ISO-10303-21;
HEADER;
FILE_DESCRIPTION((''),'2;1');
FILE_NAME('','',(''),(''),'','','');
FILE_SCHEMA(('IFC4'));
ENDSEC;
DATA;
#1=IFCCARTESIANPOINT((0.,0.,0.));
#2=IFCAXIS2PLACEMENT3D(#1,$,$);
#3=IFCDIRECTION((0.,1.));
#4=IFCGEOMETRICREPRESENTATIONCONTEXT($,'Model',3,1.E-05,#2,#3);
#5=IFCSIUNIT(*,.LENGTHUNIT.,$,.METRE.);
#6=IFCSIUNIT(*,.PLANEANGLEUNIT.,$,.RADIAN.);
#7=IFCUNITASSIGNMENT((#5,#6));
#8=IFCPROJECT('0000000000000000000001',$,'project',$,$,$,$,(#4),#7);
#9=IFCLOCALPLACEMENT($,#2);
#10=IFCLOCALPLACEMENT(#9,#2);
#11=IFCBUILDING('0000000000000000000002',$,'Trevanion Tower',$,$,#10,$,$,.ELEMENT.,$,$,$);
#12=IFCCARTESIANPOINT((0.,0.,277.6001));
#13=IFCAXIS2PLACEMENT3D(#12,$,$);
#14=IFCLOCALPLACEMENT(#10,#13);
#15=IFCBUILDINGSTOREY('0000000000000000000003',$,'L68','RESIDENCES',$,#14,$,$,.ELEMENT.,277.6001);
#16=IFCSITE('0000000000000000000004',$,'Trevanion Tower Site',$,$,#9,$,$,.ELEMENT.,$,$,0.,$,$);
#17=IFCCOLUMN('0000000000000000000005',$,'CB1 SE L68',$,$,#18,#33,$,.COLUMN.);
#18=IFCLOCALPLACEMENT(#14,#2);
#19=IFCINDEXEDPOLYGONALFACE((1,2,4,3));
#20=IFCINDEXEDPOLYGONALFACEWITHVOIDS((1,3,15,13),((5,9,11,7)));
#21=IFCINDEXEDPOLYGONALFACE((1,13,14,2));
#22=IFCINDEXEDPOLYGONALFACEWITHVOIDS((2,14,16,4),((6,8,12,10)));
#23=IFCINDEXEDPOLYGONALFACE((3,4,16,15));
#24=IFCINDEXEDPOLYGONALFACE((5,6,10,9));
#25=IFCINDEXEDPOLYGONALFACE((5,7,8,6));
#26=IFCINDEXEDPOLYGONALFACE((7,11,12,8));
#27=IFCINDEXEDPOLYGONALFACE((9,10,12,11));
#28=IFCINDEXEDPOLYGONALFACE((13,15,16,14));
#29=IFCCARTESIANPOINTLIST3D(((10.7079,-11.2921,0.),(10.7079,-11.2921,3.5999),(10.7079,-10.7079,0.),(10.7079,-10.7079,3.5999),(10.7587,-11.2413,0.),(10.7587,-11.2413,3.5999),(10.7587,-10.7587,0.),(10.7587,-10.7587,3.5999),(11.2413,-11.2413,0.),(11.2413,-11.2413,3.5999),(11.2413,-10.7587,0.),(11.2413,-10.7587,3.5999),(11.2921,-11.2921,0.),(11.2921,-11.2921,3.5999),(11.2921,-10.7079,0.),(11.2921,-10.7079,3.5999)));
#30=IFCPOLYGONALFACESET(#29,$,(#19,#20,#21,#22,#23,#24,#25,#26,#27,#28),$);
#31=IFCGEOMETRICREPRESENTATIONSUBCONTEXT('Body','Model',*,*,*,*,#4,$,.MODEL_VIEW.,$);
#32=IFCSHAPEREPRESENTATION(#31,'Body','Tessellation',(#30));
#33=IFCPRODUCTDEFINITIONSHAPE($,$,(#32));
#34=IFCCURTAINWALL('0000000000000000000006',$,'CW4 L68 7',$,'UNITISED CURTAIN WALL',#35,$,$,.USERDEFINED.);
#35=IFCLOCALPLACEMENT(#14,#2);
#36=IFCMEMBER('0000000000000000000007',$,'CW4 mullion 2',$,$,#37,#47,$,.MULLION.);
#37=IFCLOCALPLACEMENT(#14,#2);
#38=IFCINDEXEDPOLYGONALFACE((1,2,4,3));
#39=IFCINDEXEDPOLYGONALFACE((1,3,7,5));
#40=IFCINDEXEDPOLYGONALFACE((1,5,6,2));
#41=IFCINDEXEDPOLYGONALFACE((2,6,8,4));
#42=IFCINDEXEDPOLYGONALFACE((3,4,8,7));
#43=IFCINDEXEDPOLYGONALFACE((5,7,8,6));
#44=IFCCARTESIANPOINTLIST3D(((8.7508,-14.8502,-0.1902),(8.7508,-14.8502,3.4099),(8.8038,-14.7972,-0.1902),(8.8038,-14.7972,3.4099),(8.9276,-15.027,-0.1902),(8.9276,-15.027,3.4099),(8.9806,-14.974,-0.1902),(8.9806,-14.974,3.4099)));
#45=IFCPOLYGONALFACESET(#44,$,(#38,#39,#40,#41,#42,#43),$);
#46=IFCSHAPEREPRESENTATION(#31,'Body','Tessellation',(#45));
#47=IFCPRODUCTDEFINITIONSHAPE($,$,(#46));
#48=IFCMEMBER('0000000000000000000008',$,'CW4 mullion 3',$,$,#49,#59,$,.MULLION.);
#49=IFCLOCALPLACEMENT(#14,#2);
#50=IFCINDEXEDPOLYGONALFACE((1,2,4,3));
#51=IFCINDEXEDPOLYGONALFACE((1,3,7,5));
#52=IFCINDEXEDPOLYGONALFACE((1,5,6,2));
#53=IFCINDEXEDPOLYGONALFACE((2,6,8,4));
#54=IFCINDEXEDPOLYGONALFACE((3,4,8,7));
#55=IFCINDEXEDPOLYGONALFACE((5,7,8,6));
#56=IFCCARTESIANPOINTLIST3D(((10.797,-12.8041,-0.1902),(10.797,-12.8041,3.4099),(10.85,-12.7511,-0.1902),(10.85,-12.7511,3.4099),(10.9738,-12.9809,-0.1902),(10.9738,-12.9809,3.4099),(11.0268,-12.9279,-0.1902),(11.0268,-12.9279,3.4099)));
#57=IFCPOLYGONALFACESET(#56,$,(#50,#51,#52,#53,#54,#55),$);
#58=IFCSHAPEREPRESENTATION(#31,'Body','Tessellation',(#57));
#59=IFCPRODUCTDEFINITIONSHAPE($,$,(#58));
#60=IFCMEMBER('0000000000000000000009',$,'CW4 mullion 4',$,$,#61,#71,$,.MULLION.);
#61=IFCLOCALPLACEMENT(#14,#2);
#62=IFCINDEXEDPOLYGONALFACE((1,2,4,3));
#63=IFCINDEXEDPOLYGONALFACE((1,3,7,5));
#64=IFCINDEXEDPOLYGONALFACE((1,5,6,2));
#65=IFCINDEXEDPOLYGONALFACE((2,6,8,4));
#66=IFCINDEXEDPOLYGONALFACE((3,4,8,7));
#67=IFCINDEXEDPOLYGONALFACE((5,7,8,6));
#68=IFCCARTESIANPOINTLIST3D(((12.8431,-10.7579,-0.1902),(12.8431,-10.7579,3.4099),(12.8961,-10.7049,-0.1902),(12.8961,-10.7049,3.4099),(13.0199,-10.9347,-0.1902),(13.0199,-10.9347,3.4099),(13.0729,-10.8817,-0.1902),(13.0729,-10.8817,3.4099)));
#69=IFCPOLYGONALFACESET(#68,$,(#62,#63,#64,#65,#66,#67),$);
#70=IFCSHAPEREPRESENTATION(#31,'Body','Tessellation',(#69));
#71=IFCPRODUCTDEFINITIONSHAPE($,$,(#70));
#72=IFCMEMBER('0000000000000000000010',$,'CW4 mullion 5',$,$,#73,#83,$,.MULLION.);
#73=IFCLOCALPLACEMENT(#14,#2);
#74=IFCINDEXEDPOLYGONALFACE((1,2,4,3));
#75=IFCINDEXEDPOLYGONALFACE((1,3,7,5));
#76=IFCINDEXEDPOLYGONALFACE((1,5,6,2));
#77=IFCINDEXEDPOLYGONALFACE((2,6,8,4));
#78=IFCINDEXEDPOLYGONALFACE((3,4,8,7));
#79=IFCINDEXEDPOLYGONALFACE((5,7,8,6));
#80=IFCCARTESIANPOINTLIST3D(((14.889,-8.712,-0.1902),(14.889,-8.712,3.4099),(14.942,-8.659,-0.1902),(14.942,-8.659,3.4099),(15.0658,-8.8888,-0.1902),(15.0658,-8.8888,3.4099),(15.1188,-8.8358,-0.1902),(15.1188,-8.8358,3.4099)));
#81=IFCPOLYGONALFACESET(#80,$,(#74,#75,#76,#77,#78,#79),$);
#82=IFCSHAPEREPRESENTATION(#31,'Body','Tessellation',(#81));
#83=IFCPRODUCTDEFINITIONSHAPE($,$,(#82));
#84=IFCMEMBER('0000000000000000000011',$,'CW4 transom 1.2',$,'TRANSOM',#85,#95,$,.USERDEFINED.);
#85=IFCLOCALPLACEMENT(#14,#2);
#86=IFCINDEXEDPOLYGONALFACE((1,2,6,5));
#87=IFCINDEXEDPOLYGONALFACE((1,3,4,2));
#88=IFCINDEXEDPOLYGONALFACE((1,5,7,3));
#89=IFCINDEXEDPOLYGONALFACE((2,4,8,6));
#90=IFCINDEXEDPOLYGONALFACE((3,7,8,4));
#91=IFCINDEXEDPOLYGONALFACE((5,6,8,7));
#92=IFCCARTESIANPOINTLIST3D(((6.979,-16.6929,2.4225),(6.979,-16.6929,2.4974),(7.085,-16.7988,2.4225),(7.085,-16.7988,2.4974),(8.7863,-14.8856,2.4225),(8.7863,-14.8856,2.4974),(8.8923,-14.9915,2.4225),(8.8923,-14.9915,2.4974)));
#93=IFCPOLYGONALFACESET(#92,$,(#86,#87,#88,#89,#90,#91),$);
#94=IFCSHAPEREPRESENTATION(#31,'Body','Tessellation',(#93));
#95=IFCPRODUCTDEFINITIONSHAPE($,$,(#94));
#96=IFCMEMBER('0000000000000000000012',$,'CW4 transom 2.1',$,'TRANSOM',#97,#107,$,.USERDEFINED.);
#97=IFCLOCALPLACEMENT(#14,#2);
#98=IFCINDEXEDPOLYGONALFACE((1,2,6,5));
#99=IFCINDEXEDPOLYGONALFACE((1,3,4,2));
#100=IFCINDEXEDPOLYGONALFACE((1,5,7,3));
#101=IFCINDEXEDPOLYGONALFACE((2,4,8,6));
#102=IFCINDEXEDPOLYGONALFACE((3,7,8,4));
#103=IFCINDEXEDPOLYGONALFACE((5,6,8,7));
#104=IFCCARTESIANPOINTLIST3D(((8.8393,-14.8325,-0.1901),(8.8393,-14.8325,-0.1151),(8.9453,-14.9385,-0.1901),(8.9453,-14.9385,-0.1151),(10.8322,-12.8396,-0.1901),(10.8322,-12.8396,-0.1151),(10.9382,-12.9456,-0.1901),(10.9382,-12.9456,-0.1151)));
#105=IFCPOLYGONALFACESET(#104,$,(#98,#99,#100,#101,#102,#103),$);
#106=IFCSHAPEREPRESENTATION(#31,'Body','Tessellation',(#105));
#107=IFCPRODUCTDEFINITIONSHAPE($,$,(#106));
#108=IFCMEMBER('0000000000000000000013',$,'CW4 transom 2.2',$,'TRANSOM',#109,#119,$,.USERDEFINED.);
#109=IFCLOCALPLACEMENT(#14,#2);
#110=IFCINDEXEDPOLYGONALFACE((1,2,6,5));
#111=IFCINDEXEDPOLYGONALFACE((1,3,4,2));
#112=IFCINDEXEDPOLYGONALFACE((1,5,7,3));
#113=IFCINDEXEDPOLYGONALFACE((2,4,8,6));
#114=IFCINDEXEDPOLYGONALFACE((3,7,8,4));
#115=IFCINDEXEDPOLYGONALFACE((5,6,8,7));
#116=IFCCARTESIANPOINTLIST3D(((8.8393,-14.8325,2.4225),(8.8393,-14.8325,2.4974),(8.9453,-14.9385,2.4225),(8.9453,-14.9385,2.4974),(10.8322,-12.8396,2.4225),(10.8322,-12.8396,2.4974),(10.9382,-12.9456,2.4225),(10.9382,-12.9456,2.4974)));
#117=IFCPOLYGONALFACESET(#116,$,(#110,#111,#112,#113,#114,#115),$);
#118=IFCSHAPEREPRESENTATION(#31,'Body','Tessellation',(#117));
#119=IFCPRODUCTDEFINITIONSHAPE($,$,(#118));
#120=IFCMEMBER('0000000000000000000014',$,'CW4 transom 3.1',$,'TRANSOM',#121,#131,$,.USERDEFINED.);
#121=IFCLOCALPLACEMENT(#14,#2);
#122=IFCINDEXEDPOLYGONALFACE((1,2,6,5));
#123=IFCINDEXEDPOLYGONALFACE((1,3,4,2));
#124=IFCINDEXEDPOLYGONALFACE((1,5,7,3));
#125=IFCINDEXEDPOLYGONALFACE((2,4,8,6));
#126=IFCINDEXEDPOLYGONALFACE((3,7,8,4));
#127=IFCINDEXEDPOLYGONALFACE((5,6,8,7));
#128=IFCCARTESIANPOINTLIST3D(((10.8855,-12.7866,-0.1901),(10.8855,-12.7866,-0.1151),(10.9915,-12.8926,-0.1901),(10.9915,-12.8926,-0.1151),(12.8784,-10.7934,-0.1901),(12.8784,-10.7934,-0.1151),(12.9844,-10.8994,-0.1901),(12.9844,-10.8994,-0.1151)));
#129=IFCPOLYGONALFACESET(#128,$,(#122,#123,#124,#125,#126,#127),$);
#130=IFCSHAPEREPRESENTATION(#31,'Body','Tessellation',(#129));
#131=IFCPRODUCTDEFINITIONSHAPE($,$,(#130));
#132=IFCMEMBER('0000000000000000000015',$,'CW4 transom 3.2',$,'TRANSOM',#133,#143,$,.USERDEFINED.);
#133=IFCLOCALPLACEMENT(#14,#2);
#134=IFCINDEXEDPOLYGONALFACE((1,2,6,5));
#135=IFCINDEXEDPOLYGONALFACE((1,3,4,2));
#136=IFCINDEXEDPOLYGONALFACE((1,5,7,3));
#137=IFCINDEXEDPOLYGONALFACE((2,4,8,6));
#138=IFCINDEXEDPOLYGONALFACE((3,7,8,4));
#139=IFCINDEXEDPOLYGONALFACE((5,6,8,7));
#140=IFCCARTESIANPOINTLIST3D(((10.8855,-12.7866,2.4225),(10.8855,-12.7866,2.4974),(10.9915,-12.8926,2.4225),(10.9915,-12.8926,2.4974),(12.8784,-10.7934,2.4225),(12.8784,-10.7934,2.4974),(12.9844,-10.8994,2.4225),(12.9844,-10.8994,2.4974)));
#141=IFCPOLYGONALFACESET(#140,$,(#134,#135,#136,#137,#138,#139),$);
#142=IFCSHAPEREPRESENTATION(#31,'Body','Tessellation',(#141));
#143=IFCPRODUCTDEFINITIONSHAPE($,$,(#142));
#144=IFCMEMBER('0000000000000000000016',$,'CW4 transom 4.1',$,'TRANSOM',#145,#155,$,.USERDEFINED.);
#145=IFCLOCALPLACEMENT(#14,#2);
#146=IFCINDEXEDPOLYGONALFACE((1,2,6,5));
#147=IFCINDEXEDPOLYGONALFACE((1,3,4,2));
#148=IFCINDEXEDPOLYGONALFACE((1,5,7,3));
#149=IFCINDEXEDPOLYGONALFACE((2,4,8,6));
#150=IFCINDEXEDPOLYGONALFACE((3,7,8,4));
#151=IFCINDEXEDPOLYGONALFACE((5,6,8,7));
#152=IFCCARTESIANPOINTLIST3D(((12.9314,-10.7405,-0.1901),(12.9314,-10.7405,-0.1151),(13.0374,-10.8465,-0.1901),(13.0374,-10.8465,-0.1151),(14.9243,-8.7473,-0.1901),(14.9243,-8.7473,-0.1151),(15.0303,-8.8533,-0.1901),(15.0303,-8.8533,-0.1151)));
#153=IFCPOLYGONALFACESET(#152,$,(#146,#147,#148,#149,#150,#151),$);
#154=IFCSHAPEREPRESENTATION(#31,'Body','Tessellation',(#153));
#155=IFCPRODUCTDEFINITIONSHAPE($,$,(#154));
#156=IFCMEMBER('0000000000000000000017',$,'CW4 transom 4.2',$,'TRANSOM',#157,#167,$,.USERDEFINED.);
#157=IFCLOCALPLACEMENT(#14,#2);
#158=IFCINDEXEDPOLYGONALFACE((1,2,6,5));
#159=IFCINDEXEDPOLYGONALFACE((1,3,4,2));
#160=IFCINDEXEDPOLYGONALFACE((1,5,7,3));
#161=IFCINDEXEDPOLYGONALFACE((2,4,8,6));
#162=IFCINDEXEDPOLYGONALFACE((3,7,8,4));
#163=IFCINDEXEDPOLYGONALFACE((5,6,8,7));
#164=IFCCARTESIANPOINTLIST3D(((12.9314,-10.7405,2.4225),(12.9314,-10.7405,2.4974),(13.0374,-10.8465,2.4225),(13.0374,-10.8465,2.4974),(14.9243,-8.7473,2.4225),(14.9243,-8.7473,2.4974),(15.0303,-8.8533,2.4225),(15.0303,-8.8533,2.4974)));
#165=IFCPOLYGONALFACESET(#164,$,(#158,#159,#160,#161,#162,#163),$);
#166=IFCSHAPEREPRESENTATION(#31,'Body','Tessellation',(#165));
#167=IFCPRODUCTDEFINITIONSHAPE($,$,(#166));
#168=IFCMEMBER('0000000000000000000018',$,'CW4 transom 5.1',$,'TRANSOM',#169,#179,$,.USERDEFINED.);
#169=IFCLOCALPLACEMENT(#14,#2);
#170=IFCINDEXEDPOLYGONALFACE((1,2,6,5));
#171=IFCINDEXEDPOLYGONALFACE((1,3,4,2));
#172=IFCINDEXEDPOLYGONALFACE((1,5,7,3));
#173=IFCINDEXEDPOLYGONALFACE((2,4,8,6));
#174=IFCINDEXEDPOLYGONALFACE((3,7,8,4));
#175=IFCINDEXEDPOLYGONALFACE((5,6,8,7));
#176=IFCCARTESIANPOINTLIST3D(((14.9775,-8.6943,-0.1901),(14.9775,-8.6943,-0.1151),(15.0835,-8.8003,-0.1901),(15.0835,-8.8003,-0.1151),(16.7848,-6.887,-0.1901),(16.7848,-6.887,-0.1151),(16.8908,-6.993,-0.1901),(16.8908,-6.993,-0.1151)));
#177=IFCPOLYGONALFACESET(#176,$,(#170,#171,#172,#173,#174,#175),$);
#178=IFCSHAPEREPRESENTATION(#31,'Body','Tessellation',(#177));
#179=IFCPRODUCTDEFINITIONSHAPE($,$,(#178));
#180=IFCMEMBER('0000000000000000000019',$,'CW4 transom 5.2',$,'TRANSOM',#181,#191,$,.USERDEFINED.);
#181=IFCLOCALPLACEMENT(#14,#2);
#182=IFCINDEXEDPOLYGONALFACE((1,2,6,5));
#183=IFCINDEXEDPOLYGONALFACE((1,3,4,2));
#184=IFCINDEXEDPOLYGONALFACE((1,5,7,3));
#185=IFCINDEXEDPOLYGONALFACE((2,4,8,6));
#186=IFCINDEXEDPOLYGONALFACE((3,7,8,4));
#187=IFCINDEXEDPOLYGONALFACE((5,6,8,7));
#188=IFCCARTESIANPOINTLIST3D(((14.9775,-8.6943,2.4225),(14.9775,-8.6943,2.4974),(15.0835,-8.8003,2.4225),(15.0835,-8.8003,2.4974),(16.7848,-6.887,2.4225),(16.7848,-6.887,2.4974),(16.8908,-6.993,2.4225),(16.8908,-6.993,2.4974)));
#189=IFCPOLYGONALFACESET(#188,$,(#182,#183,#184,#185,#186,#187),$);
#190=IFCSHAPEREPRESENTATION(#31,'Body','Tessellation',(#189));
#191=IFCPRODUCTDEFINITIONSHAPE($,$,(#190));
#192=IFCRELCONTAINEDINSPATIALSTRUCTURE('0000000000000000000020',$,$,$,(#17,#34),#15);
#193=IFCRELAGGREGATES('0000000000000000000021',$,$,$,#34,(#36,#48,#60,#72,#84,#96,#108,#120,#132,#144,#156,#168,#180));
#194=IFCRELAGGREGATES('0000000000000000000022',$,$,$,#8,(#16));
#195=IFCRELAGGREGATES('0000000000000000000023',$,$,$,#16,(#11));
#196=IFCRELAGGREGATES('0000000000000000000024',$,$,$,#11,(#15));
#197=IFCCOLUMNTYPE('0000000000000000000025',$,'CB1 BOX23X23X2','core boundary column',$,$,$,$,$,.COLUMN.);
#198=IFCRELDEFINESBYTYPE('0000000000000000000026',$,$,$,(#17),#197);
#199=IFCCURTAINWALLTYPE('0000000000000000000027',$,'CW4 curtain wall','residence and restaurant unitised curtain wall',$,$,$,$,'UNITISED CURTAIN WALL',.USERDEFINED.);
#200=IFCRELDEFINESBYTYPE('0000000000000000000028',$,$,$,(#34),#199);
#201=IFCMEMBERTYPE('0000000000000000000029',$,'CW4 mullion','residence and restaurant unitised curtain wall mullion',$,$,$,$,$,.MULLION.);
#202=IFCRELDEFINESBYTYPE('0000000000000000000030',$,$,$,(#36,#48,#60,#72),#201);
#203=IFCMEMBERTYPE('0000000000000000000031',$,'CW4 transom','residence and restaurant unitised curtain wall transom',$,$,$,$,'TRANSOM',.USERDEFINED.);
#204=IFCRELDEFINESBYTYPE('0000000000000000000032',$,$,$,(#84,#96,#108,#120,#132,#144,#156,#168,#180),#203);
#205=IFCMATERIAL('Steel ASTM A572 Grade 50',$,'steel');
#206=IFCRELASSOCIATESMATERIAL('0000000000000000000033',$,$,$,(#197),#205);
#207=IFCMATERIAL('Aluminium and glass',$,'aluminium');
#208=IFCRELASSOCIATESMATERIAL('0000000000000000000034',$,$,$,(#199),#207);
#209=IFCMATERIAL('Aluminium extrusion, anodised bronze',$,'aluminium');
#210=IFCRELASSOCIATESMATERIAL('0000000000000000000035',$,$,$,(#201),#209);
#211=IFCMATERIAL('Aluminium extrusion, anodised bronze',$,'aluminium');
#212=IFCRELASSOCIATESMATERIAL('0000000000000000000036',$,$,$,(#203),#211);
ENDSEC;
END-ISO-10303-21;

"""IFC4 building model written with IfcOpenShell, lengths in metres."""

from ifc_helpers import new_model, si_unit, direction, frame, origin, origin_2d, place, context, subcontext, project, spatial, rectangle, hollow_rectangle, extrude, material, material_profile, profile_set, type_object, element, aggregate, save


model = new_model("IFC4")

# Units and contexts
model_context = context("Model", 3, precision=1e-05, world=origin(), true_north=direction((0.0, 1.0)))
body_context = subcontext(model_context, "Body", "Model", "MODEL_VIEW")
ifc_project = project(units=[si_unit("LENGTHUNIT", "METRE"), si_unit("PLANEANGLEUNIT", "RADIAN")], contexts=[model_context])

# Site, building, storey
site_placement = place(None, origin())
site = spatial("IfcSite", under=ifc_project, at=site_placement, Name="Trevanion Tower Site", CompositionType="ELEMENT", RefElevation=0.0)
building_placement = place(site_placement, origin())
building = spatial("IfcBuilding", under=site, at=building_placement, Name="Trevanion Tower", CompositionType="ELEMENT")
storey_placement = place(building_placement, frame((0.0, 0.0, 277.6001)))
storey = spatial("IfcBuildingStorey", under=building, at=storey_placement, Name="L68", Description="RESIDENCES", CompositionType="ELEMENT", Elevation=277.6001)

# Column
ifc_material_1 = material(Name="Steel ASTM A572 Grade 50", Category="steel")
ifc_material_profile_1 = material_profile(ifc_material_1, hollow_rectangle(XDim=0.5842, YDim=0.5842, WallThickness=0.0508, at=origin_2d()), Name="BOX23X23X2")
ifc_profile_set_1 = profile_set([ifc_material_profile_1], Name="Steel ASTM A572 Grade 50")
column_type = type_object("IfcColumnType", Name="CB1 BOX23X23X2", Description="core boundary column", PredefinedType="COLUMN", material=ifc_profile_set_1)
column_placement = place(storey_placement, frame((11.0, -11.0, 0.0), z_axis=(0.0, 0.0, 1.0), x_axis=(1.0, 0.0, 0.0)))
element("IfcColumn", 1, at=column_placement, inside=storey, type_object=column_type, Name="CB1 SE L68", PredefinedType="COLUMN", context=body_context, shape_type="SweptSolid", body=[
    extrude(hollow_rectangle(XDim=0.5842, YDim=0.5842, WallThickness=0.0508, at=origin_2d()), origin(), (0.0, 0.0, 1.0), 3.5999),
])

# Curtain wall, members
ifc_material_2 = material(Name="Aluminium and glass", Category="aluminium")
curtain_wall_type = type_object("IfcCurtainWallType", Name="CW4 curtain wall", Description="residence and restaurant unitised curtain wall", ElementType="UNITISED CURTAIN WALL", PredefinedType="USERDEFINED", material=ifc_material_2)
curtain_wall_placement = place(storey_placement, origin())
curtain_wall = element("IfcCurtainWall", 2, at=curtain_wall_placement, inside=storey, type_object=curtain_wall_type, Name="CW4 L68 7", ObjectType="UNITISED CURTAIN WALL", PredefinedType="USERDEFINED")
ifc_material_3 = material(Name="Aluminium extrusion, anodised bronze", Category="aluminium")
ifc_material_profile_2 = material_profile(ifc_material_3, rectangle(XDim=0.075, YDim=0.25, at=origin_2d()), Name="CW4 mullion")
ifc_profile_set_2 = profile_set([ifc_material_profile_2], Name="Aluminium extrusion, anodised bronze")
member_type_1 = type_object("IfcMemberType", Name="CW4 mullion", Description="residence and restaurant unitised curtain wall mullion", PredefinedType="MULLION", material=ifc_profile_set_2)
member_1_placement = place(storey_placement, frame((8.8657, -14.9121, -0.1902), z_axis=(0.0, 0.0, 1.0), x_axis=(0.707107, 0.707107, 0.0)))
member_1 = element("IfcMember", 3, at=member_1_placement, type_object=member_type_1, Name="CW4 mullion 2", PredefinedType="MULLION", context=body_context, shape_type="SweptSolid", body=[
    extrude(rectangle(XDim=0.075, YDim=0.25, at=origin_2d()), origin(), (0.0, 0.0, 1.0), 3.6001),
])
member_2_placement = place(storey_placement, frame((10.9119, -12.866, -0.1902), z_axis=(0.0, 0.0, 1.0), x_axis=(0.707107, 0.707107, 0.0)))
member_2 = element("IfcMember", 4, at=member_2_placement, type_object=member_type_1, Name="CW4 mullion 3", PredefinedType="MULLION", context=body_context, shape_type="SweptSolid", body=[
    extrude(rectangle(XDim=0.075, YDim=0.25, at=origin_2d()), origin(), (0.0, 0.0, 1.0), 3.6001),
])
member_3_placement = place(storey_placement, frame((12.958, -10.8198, -0.1902), z_axis=(0.0, 0.0, 1.0), x_axis=(0.707107, 0.707107, 0.0)))
member_3 = element("IfcMember", 5, at=member_3_placement, type_object=member_type_1, Name="CW4 mullion 4", PredefinedType="MULLION", context=body_context, shape_type="SweptSolid", body=[
    extrude(rectangle(XDim=0.075, YDim=0.25, at=origin_2d()), origin(), (0.0, 0.0, 1.0), 3.6001),
])
member_4_placement = place(storey_placement, frame((15.0039, -8.7739, -0.1902), z_axis=(0.0, 0.0, 1.0), x_axis=(0.707107, 0.707107, 0.0)))
member_4 = element("IfcMember", 6, at=member_4_placement, type_object=member_type_1, Name="CW4 mullion 5", PredefinedType="MULLION", context=body_context, shape_type="SweptSolid", body=[
    extrude(rectangle(XDim=0.075, YDim=0.25, at=origin_2d()), origin(), (0.0, 0.0, 1.0), 3.6001),
])
ifc_material_4 = material(Name="Aluminium extrusion, anodised bronze", Category="aluminium")
ifc_material_profile_3 = material_profile(ifc_material_4, rectangle(XDim=0.1499, YDim=0.075, at=origin_2d()), Name="CW4 transom")
ifc_profile_set_3 = profile_set([ifc_material_profile_3], Name="Aluminium extrusion, anodised bronze")
member_type_2 = type_object("IfcMemberType", Name="CW4 transom", Description="residence and restaurant unitised curtain wall transom", ElementType="TRANSOM", PredefinedType="USERDEFINED", material=ifc_profile_set_3)
member_5_placement = place(storey_placement, frame((7.032, -16.7458, 2.46), z_axis=(0.707107, 0.707107, 0.0), x_axis=(-0.707107, 0.707107, 0.0)))
member_5 = element("IfcMember", 7, at=member_5_placement, type_object=member_type_2, Name="CW4 transom 1.2", ObjectType="TRANSOM", PredefinedType="USERDEFINED", context=body_context, shape_type="SweptSolid", body=[
    extrude(rectangle(XDim=0.1499, YDim=0.075, at=origin_2d()), origin(), (0.0, 0.0, 1.0), 2.5559),
])
member_6_placement = place(storey_placement, frame((8.8923, -14.8855, -0.1526), z_axis=(0.707107, 0.707107, 0.0), x_axis=(-0.707107, 0.707107, 0.0)))
member_6 = element("IfcMember", 8, at=member_6_placement, type_object=member_type_2, Name="CW4 transom 2.1", ObjectType="TRANSOM", PredefinedType="USERDEFINED", context=body_context, shape_type="SweptSolid", body=[
    extrude(rectangle(XDim=0.1499, YDim=0.075, at=origin_2d()), origin(), (0.0, 0.0, 1.0), 2.8184),
])
member_7_placement = place(storey_placement, frame((8.8923, -14.8855, 2.46), z_axis=(0.707107, 0.707107, 0.0), x_axis=(-0.707107, 0.707107, 0.0)))
member_7 = element("IfcMember", 9, at=member_7_placement, type_object=member_type_2, Name="CW4 transom 2.2", ObjectType="TRANSOM", PredefinedType="USERDEFINED", context=body_context, shape_type="SweptSolid", body=[
    extrude(rectangle(XDim=0.1499, YDim=0.075, at=origin_2d()), origin(), (0.0, 0.0, 1.0), 2.8184),
])
member_8_placement = place(storey_placement, frame((10.9385, -12.8396, -0.1526), z_axis=(0.707063, 0.70715, 0.0), x_axis=(-0.70715, 0.707063, 0.0)))
member_8 = element("IfcMember", 10, at=member_8_placement, type_object=member_type_2, Name="CW4 transom 3.1", ObjectType="TRANSOM", PredefinedType="USERDEFINED", context=body_context, shape_type="SweptSolid", body=[
    extrude(rectangle(XDim=0.1499, YDim=0.075, at=origin_2d()), origin(), (0.0, 0.0, 1.0), 2.8186),
])
member_9_placement = place(storey_placement, frame((10.9385, -12.8396, 2.46), z_axis=(0.707063, 0.70715, 0.0), x_axis=(-0.70715, 0.707063, 0.0)))
member_9 = element("IfcMember", 11, at=member_9_placement, type_object=member_type_2, Name="CW4 transom 3.2", ObjectType="TRANSOM", PredefinedType="USERDEFINED", context=body_context, shape_type="SweptSolid", body=[
    extrude(rectangle(XDim=0.1499, YDim=0.075, at=origin_2d()), origin(), (0.0, 0.0, 1.0), 2.8186),
])
member_10_placement = place(storey_placement, frame((12.9844, -10.7935, -0.1526), z_axis=(0.707063, 0.70715, 0.0), x_axis=(-0.70715, 0.707063, 0.0)))
member_10 = element("IfcMember", 12, at=member_10_placement, type_object=member_type_2, Name="CW4 transom 4.1", ObjectType="TRANSOM", PredefinedType="USERDEFINED", context=body_context, shape_type="SweptSolid", body=[
    extrude(rectangle(XDim=0.1499, YDim=0.075, at=origin_2d()), origin(), (0.0, 0.0, 1.0), 2.8186),
])
member_11_placement = place(storey_placement, frame((12.9844, -10.7935, 2.46), z_axis=(0.707063, 0.70715, 0.0), x_axis=(-0.70715, 0.707063, 0.0)))
member_11 = element("IfcMember", 13, at=member_11_placement, type_object=member_type_2, Name="CW4 transom 4.2", ObjectType="TRANSOM", PredefinedType="USERDEFINED", context=body_context, shape_type="SweptSolid", body=[
    extrude(rectangle(XDim=0.1499, YDim=0.075, at=origin_2d()), origin(), (0.0, 0.0, 1.0), 2.8186),
])
member_12_placement = place(storey_placement, frame((15.0305, -8.7473, -0.1526), z_axis=(0.707107, 0.707107, 0.0), x_axis=(-0.707107, 0.707107, 0.0)))
member_12 = element("IfcMember", 14, at=member_12_placement, type_object=member_type_2, Name="CW4 transom 5.1", ObjectType="TRANSOM", PredefinedType="USERDEFINED", context=body_context, shape_type="SweptSolid", body=[
    extrude(rectangle(XDim=0.1499, YDim=0.075, at=origin_2d()), origin(), (0.0, 0.0, 1.0), 2.5559),
])
member_13_placement = place(storey_placement, frame((15.0305, -8.7473, 2.46), z_axis=(0.707107, 0.707107, 0.0), x_axis=(-0.707107, 0.707107, 0.0)))
member_13 = element("IfcMember", 15, at=member_13_placement, type_object=member_type_2, Name="CW4 transom 5.2", ObjectType="TRANSOM", PredefinedType="USERDEFINED", context=body_context, shape_type="SweptSolid", body=[
    extrude(rectangle(XDim=0.1499, YDim=0.075, at=origin_2d()), origin(), (0.0, 0.0, 1.0), 2.5559),
])

aggregate(curtain_wall, [member_1, member_2, member_3, member_4, member_5, member_6, member_7, member_8, member_9, member_10, member_11, member_12, member_13])

save(model, "model.ifc")
